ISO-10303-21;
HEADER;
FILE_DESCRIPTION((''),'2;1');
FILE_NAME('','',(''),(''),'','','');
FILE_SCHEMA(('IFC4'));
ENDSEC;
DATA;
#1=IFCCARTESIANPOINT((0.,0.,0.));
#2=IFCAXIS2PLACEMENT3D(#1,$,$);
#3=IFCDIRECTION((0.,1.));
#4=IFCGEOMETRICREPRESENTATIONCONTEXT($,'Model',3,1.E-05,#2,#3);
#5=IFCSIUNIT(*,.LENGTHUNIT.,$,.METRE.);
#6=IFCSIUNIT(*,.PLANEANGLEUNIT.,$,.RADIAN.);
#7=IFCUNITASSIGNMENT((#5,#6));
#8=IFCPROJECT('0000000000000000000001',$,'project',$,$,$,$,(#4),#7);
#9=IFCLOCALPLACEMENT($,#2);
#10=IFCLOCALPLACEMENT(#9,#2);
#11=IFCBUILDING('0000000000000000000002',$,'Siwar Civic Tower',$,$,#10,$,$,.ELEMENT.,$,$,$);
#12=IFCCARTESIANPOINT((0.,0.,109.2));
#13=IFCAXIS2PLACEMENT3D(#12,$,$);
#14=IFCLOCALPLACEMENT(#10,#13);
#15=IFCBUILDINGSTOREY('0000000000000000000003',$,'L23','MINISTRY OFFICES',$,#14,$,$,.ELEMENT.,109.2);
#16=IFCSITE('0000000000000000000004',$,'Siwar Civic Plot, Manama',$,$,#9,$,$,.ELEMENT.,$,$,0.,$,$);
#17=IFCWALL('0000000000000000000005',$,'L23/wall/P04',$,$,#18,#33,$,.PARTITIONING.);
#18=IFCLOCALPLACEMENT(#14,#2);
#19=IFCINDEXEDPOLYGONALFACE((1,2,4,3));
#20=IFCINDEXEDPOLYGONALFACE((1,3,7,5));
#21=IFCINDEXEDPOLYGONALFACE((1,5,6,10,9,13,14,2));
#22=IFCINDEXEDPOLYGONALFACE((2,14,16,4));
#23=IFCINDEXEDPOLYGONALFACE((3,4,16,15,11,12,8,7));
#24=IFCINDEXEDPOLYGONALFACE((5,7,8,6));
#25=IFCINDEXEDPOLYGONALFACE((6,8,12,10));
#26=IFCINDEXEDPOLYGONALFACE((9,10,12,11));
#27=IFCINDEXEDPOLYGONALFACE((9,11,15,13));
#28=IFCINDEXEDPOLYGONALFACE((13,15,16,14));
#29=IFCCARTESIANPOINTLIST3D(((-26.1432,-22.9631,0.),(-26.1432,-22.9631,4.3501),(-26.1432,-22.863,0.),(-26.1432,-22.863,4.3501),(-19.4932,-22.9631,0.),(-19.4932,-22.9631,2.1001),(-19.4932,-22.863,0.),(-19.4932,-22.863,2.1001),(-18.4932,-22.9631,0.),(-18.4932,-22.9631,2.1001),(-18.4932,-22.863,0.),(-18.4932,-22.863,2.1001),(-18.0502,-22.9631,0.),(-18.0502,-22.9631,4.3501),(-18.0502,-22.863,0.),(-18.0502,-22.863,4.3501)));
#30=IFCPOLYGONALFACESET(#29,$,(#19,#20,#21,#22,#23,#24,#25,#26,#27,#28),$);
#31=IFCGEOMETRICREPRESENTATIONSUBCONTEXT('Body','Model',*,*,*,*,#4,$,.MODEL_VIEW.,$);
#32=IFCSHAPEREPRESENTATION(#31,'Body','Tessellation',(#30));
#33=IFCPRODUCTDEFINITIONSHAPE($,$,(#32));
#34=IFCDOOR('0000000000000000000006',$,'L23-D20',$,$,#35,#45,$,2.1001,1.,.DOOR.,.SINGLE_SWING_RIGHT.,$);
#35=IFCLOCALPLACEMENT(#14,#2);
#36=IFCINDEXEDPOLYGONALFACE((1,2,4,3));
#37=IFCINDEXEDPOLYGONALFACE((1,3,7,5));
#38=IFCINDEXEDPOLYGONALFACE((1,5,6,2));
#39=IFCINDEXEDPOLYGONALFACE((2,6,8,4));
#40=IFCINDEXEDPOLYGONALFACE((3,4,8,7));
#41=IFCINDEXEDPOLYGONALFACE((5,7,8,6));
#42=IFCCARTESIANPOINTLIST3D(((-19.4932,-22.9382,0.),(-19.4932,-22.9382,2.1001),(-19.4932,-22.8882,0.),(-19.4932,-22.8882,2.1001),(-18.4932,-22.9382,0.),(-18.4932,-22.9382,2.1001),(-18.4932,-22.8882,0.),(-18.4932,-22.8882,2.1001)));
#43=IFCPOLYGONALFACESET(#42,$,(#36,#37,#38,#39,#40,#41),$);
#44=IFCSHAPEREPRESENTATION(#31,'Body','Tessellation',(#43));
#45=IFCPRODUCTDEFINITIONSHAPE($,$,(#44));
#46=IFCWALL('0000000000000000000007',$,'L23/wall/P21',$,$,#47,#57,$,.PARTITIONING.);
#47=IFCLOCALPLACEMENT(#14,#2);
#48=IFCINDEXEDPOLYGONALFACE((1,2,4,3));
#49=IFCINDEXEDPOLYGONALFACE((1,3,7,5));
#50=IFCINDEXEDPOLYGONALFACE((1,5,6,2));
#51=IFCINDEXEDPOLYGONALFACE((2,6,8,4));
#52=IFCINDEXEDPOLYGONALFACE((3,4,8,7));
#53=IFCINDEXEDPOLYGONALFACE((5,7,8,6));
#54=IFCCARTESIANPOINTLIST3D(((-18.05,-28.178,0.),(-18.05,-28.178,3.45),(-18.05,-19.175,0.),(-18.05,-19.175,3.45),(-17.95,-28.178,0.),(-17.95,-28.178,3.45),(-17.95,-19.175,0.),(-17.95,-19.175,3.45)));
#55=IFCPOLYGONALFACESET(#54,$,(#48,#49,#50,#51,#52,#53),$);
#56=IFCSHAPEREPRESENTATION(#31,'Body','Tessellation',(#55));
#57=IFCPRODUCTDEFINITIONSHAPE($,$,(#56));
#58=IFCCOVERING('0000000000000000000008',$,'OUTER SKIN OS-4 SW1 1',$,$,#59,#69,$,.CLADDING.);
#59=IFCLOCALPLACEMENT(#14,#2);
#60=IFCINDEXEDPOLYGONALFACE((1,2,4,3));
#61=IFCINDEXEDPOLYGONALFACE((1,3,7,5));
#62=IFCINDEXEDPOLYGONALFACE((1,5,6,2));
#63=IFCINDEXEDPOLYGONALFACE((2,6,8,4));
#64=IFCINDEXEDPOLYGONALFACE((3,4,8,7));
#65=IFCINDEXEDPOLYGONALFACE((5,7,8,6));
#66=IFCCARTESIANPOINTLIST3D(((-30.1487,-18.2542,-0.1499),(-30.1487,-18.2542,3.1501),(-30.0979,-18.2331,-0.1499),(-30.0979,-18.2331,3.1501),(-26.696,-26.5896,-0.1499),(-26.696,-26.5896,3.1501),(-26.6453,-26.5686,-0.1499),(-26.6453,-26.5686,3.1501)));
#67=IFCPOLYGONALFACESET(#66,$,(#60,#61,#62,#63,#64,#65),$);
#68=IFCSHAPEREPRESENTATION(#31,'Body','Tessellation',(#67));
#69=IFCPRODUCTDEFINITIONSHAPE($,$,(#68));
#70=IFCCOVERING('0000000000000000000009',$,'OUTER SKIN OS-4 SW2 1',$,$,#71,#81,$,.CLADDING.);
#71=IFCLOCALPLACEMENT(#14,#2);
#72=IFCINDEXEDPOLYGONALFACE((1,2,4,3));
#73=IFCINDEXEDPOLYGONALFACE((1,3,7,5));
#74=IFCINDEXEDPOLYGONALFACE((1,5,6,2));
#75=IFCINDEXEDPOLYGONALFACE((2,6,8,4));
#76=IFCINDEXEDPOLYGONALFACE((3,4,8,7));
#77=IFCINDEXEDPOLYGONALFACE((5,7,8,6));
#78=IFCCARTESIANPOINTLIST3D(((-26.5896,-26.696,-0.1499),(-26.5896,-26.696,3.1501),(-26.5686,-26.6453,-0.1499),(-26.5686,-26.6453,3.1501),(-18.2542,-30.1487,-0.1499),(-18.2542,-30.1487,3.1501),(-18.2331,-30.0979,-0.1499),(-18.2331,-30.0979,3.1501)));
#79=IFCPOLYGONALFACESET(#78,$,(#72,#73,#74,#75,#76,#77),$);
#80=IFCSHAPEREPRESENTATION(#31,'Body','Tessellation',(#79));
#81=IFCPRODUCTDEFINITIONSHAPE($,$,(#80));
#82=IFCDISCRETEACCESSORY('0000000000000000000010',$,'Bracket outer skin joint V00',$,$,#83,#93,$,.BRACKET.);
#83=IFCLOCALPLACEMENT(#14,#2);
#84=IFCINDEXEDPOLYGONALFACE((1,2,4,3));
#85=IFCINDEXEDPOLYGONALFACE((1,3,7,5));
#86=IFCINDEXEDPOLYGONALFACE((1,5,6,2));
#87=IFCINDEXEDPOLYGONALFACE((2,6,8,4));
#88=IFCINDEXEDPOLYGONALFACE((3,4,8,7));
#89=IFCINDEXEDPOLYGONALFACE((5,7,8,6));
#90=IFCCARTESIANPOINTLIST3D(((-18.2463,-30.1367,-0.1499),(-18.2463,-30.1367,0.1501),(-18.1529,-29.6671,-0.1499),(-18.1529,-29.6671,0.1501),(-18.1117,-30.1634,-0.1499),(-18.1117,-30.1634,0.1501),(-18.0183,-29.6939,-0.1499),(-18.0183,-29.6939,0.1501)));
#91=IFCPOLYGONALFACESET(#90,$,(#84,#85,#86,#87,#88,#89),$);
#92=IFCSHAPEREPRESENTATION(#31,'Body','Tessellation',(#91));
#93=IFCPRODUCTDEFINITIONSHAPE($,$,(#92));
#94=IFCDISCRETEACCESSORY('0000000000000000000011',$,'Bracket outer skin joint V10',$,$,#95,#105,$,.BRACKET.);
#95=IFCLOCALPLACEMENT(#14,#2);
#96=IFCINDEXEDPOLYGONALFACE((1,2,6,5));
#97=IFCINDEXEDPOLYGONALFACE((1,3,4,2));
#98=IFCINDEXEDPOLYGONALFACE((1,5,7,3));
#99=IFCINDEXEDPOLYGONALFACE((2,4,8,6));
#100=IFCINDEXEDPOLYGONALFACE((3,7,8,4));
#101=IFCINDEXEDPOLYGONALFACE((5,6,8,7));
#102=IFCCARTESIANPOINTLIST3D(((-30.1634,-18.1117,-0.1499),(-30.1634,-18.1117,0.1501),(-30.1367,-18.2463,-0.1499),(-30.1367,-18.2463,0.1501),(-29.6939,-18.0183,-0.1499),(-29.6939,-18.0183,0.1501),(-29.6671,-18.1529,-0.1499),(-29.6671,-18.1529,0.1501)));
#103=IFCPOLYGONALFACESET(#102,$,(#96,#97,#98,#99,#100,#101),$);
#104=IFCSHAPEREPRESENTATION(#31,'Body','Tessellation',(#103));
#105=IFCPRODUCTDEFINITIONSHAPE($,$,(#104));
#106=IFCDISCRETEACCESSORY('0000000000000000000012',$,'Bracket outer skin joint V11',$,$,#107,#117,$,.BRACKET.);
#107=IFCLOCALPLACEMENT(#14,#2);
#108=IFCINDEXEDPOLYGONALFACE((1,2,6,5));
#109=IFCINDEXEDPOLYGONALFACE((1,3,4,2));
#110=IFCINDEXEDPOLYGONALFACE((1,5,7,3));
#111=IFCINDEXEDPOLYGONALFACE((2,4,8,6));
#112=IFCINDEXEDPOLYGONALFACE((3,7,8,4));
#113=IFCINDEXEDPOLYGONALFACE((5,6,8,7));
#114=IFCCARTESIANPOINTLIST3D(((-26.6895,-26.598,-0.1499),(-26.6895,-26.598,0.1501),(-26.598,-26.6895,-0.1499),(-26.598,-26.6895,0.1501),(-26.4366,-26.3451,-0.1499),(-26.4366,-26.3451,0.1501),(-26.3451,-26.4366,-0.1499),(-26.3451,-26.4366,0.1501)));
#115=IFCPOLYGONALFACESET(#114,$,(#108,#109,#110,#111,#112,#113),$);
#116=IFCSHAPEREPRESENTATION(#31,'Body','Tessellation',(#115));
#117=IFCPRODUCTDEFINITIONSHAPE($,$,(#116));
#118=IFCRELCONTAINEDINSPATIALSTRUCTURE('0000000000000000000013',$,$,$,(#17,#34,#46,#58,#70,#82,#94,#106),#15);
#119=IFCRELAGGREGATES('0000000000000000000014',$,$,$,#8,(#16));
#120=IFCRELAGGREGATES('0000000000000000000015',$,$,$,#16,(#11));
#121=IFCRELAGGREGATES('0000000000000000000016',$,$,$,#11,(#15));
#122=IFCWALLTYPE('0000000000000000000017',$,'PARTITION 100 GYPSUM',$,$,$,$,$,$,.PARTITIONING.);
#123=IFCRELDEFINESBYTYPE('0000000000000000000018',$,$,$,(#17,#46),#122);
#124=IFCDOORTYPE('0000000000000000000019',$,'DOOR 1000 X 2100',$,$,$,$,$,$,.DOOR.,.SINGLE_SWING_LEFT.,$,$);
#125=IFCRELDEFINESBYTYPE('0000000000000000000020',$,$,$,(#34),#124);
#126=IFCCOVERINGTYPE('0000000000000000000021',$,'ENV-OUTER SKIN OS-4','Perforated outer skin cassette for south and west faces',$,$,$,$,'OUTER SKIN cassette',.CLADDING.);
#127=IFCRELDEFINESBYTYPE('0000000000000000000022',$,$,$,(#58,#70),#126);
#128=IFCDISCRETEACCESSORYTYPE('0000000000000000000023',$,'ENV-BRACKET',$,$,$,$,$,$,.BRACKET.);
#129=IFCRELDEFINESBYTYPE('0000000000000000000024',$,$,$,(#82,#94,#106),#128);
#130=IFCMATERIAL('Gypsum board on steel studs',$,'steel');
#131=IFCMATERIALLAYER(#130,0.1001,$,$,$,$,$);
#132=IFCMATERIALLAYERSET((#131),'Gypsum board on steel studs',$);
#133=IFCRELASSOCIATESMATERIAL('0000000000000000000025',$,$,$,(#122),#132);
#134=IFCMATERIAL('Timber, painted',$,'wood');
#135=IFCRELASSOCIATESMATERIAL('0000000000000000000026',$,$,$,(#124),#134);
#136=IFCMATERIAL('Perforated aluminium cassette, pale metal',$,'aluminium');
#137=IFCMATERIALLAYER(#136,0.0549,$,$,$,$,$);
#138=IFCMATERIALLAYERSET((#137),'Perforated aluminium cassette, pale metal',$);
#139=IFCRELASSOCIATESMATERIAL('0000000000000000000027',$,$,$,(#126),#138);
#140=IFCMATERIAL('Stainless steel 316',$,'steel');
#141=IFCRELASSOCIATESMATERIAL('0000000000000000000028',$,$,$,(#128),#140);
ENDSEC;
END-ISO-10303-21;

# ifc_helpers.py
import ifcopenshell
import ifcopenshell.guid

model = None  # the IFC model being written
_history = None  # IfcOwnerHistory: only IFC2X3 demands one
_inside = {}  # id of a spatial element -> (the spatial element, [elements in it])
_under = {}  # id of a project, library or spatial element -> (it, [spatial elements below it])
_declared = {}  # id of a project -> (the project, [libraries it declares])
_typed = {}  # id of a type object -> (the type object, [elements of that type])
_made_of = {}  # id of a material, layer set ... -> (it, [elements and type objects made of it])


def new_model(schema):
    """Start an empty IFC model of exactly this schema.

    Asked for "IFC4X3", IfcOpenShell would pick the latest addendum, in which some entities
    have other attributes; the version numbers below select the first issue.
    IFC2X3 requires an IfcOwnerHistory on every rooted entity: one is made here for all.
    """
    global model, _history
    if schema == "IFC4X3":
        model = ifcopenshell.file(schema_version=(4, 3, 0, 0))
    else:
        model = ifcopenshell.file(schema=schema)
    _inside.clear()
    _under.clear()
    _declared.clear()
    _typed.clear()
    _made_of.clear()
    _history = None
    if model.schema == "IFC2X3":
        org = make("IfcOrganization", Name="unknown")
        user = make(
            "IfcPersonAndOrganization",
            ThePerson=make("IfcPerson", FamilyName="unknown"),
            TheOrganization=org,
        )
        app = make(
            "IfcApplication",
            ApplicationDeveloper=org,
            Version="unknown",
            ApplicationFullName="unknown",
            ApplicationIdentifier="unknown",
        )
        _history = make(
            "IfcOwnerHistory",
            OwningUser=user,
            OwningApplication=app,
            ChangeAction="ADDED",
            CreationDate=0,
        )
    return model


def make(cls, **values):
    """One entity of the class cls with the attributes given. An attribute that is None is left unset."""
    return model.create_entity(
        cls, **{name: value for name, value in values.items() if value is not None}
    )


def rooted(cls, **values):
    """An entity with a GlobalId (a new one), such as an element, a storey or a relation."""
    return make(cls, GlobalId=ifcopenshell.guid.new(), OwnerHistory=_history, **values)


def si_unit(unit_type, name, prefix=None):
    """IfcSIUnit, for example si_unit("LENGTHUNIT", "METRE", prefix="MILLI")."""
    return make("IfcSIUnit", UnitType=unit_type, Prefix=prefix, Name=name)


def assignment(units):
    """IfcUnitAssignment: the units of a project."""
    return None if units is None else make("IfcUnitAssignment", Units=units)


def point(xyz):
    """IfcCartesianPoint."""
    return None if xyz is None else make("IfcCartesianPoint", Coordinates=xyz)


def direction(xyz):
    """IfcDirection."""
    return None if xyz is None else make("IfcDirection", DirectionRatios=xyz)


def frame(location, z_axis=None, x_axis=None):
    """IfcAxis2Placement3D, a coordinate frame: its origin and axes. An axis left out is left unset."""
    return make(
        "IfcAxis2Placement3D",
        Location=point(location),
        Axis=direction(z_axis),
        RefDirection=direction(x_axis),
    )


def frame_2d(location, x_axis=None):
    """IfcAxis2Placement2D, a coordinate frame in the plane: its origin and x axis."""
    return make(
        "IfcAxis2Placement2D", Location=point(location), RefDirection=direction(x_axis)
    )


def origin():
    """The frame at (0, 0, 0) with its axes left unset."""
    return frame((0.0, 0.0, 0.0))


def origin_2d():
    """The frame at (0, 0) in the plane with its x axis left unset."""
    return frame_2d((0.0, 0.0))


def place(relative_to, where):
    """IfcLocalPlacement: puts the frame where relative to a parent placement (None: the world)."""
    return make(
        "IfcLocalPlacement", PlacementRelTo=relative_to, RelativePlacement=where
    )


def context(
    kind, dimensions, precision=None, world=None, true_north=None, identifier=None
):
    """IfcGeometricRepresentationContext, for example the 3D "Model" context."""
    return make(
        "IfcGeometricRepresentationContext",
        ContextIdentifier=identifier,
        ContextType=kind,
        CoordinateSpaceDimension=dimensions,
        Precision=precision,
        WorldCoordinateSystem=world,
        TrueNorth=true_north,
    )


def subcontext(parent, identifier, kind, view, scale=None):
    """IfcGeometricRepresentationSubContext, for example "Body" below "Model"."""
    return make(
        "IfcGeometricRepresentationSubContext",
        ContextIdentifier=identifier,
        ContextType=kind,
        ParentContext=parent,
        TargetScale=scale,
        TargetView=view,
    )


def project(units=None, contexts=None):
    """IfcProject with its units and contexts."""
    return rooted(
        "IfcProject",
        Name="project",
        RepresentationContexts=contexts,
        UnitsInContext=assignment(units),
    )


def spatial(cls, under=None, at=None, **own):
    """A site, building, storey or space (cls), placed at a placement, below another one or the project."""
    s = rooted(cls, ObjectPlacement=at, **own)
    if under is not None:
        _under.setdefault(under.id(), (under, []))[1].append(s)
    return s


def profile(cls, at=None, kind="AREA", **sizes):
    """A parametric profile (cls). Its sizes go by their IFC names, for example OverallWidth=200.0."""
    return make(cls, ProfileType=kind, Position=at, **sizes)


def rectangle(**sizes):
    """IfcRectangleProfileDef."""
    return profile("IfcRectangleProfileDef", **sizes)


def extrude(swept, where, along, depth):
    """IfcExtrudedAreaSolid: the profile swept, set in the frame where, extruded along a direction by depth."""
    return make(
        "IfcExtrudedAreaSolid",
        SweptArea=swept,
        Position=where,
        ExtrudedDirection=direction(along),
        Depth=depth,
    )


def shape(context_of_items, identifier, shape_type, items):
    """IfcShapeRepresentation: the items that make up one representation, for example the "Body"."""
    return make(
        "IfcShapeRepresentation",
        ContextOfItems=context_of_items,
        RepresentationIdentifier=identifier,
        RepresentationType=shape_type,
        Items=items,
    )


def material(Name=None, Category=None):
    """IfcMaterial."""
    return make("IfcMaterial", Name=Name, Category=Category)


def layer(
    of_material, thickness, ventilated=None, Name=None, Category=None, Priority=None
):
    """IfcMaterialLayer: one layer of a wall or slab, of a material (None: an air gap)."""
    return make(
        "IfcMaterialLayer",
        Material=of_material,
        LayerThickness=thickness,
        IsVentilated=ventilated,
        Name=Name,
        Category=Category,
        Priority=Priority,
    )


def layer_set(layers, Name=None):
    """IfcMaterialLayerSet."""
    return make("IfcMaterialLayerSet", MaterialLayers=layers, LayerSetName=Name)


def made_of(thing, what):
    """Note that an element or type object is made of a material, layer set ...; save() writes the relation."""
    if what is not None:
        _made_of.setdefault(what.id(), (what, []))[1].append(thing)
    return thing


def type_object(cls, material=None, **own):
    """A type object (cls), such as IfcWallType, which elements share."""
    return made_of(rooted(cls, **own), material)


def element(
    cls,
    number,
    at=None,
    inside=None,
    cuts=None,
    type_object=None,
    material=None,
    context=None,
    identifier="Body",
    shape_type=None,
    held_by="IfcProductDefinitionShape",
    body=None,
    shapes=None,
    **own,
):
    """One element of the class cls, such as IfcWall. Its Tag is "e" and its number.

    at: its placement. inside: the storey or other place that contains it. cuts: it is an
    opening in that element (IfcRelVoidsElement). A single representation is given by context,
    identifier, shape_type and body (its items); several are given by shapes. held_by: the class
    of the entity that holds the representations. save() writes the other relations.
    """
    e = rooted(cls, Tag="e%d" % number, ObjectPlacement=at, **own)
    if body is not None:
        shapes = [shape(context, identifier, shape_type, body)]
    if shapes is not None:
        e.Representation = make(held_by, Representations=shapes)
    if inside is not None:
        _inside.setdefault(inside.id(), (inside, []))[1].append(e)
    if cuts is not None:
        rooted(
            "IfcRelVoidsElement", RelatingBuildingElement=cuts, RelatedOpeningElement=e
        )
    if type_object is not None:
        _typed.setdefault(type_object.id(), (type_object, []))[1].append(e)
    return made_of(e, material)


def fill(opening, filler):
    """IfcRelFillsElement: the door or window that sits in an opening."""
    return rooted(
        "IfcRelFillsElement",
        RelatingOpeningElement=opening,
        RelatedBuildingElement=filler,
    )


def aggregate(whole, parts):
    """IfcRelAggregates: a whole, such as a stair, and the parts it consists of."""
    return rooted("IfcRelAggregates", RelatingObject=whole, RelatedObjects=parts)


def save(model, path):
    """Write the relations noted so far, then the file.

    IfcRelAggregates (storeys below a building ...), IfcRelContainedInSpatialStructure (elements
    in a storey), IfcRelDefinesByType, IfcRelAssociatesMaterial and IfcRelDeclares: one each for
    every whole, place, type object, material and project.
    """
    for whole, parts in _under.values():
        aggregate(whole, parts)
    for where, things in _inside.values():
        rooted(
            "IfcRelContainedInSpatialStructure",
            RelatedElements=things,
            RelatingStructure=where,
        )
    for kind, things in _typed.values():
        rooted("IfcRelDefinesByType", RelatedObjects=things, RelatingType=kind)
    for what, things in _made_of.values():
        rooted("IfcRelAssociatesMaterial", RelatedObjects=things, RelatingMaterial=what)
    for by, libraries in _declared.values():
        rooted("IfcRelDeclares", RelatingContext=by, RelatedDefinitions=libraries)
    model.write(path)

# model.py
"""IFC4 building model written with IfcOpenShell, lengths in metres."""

from ifc_helpers import new_model, si_unit, direction, frame, frame_2d, origin, origin_2d, place, context, subcontext, project, spatial, rectangle, extrude, material, layer, layer_set, type_object, element, fill, save


model = new_model("IFC4")

# Units and contexts
model_context = context("Model", 3, precision=1e-05, world=origin(), true_north=direction((0.0, 1.0)))
body_context = subcontext(model_context, "Body", "Model", "MODEL_VIEW")
ifc_project = project(units=[si_unit("LENGTHUNIT", "METRE"), si_unit("PLANEANGLEUNIT", "RADIAN")], contexts=[model_context])

# Site, building, storey
site_placement = place(None, origin())
site = spatial("IfcSite", under=ifc_project, at=site_placement, Name="Siwar Civic Plot, Manama", CompositionType="ELEMENT", RefElevation=0.0)
building_placement = place(site_placement, origin())
building = spatial("IfcBuilding", under=site, at=building_placement, Name="Siwar Civic Tower", CompositionType="ELEMENT")
storey_placement = place(building_placement, frame((0.0, 0.0, 109.2)))
storey = spatial("IfcBuildingStorey", under=building, at=storey_placement, Name="L23", Description="MINISTRY OFFICES", CompositionType="ELEMENT", Elevation=109.2)

# Wall, opening, door
ifc_material_1 = material(Name="Gypsum board on steel studs", Category="steel")
ifc_layer_1 = layer(ifc_material_1, 0.1001)
ifc_layer_set_1 = layer_set([ifc_layer_1], Name="Gypsum board on steel studs")
wall_type_1 = type_object("IfcWallType", Name="PARTITION 100 GYPSUM", PredefinedType="PARTITIONING", material=ifc_layer_set_1)
wall_1_placement = place(storey_placement, frame((-26.1431, -22.9131, 0.0), z_axis=(0.0, 0.0, 1.0), x_axis=(1.0, 0.0, 0.0)))
wall_1 = element("IfcWall", 1, at=wall_1_placement, inside=storey, type_object=wall_type_1, Name="L23/wall/P04", PredefinedType="PARTITIONING", context=body_context, shape_type="SweptSolid", body=[
    extrude(rectangle(XDim=8.093, YDim=0.1001, at=frame_2d((4.0464, 0.0))), origin(), (0.0, 0.0, 1.0), 4.3501),
])
opening_1_placement = place(wall_1_placement, frame((6.6499, 0.0, 0.0)))
opening_1 = element("IfcOpeningElement", 2, at=opening_1_placement, cuts=wall_1, PredefinedType="OPENING", context=body_context, shape_type="SweptSolid", body=[
    extrude(rectangle(XDim=1.0, YDim=2.1001, at=frame_2d((0.5, 1.05))), frame((0.0, 0.0601, 0.0), z_axis=(0.0, -1.0, 0.0), x_axis=(1.0, 0.0, 0.0)), (0.0, 0.0, 1.0), 0.1201),
])
ifc_material_2 = material(Name="Timber, painted", Category="wood")
door_type_1 = type_object("IfcDoorType", Name="DOOR 1000 X 2100", OperationType="SINGLE_SWING_LEFT", PredefinedType="DOOR", material=ifc_material_2)
door_1_placement = place(opening_1_placement, origin())
door_1 = element("IfcDoor", 3, at=door_1_placement, inside=storey, type_object=door_type_1, Name="L23-D20", OperationType="SINGLE_SWING_RIGHT", OverallHeight=2.1001, OverallWidth=1.0, PredefinedType="DOOR", context=body_context, shape_type="SweptSolid", body=[
    extrude(rectangle(XDim=1.0, YDim=2.1001, at=frame_2d((0.5, 1.05))), frame((0.0, 0.0249, 0.0), z_axis=(0.0, -1.0, 0.0), x_axis=(1.0, 0.0, 0.0)), (0.0, 0.0, 1.0), 0.05),
])
fill(opening_1, door_1)

# Wall
wall_2_placement = place(storey_placement, frame((-18.0, -28.178, 0.0), z_axis=(0.0, 0.0, 1.0), x_axis=(0.0, 1.0, 0.0)))
element("IfcWall", 4, at=wall_2_placement, inside=storey, type_object=wall_type_1, Name="L23/wall/P21", PredefinedType="PARTITIONING", context=body_context, shape_type="SweptSolid", body=[
    extrude(rectangle(XDim=9.0029, YDim=0.1001, at=frame_2d((4.5015, 0.0))), origin(), (0.0, 0.0, 1.0), 3.45),
])

# Coverings
ifc_material_3 = material(Name="Perforated aluminium cassette, pale metal", Category="aluminium")
ifc_layer_2 = layer(ifc_material_3, 0.0549)
ifc_layer_set_2 = layer_set([ifc_layer_2], Name="Perforated aluminium cassette, pale metal")
covering_type = type_object("IfcCoveringType", Name="ENV-OUTER SKIN OS-4", Description="Perforated outer skin cassette for south and west faces", ElementType="OUTER SKIN cassette", PredefinedType="CLADDING", material=ifc_layer_set_2)
for number, where, z_axis, x_axis, name in (
    (5, (-28.397, -22.4114, -0.1499), (0.0, 0.0, 1.0), (0.382683, -0.92388, 0.0), "OUTER SKIN OS-4 SW1 1"),
    (6, (-22.4114, -28.397, -0.1499), (0.0, 0.0, 1.0), (0.92388, -0.382683, 0.0), "OUTER SKIN OS-4 SW2 1"),
):
    element("IfcCovering", number, at=place(storey_placement, frame(where, z_axis=z_axis, x_axis=x_axis)), inside=storey, type_object=covering_type, Name=name, PredefinedType="CLADDING", context=body_context, shape_type="SweptSolid", body=[
        extrude(rectangle(XDim=9.0222, YDim=0.0549, at=origin_2d()), origin(), (0.0, 0.0, 1.0), 3.3),
    ])

# Discrete accessories
ifc_material_4 = material(Name="Stainless steel 316", Category="steel")
discrete_accessory_type = type_object("IfcDiscreteAccessoryType", Name="ENV-BRACKET", PredefinedType="BRACKET", material=ifc_material_4)
for number, where, z_axis, x_axis, name in (
    (7, (-18.1323, -29.9153, -0.1499), (0.0, 0.0, 1.0), (-0.19509, -0.980785, 0.0), "Bracket outer skin joint V00"),
    (8, (-29.9153, -18.1323, -0.1499), (0.0, 0.0, 1.0), (-0.980785, -0.19509, 0.0), "Bracket outer skin joint V10"),
):
    element("IfcDiscreteAccessory", number, at=place(storey_placement, frame(where, z_axis=z_axis, x_axis=x_axis)), inside=storey, type_object=discrete_accessory_type, Name=name, PredefinedType="BRACKET", context=body_context, shape_type="SweptSolid", body=[
        extrude(rectangle(XDim=0.4788, YDim=0.1372, at=origin_2d()), origin(), (0.0, 0.0, 1.0), 0.3),
    ])
discrete_accessory_placement = place(storey_placement, frame((-26.5173, -26.5173, -0.1499), z_axis=(0.0, 0.0, 1.0), x_axis=(-0.707107, -0.707107, 0.0)))
element("IfcDiscreteAccessory", 9, at=discrete_accessory_placement, inside=storey, type_object=discrete_accessory_type, Name="Bracket outer skin joint V11", PredefinedType="BRACKET", context=body_context, shape_type="SweptSolid", body=[
    extrude(rectangle(XDim=0.3577, YDim=0.1294, at=origin_2d()), origin(), (0.0, 0.0, 1.0), 0.3),
])

save(model, "model.ifc")
